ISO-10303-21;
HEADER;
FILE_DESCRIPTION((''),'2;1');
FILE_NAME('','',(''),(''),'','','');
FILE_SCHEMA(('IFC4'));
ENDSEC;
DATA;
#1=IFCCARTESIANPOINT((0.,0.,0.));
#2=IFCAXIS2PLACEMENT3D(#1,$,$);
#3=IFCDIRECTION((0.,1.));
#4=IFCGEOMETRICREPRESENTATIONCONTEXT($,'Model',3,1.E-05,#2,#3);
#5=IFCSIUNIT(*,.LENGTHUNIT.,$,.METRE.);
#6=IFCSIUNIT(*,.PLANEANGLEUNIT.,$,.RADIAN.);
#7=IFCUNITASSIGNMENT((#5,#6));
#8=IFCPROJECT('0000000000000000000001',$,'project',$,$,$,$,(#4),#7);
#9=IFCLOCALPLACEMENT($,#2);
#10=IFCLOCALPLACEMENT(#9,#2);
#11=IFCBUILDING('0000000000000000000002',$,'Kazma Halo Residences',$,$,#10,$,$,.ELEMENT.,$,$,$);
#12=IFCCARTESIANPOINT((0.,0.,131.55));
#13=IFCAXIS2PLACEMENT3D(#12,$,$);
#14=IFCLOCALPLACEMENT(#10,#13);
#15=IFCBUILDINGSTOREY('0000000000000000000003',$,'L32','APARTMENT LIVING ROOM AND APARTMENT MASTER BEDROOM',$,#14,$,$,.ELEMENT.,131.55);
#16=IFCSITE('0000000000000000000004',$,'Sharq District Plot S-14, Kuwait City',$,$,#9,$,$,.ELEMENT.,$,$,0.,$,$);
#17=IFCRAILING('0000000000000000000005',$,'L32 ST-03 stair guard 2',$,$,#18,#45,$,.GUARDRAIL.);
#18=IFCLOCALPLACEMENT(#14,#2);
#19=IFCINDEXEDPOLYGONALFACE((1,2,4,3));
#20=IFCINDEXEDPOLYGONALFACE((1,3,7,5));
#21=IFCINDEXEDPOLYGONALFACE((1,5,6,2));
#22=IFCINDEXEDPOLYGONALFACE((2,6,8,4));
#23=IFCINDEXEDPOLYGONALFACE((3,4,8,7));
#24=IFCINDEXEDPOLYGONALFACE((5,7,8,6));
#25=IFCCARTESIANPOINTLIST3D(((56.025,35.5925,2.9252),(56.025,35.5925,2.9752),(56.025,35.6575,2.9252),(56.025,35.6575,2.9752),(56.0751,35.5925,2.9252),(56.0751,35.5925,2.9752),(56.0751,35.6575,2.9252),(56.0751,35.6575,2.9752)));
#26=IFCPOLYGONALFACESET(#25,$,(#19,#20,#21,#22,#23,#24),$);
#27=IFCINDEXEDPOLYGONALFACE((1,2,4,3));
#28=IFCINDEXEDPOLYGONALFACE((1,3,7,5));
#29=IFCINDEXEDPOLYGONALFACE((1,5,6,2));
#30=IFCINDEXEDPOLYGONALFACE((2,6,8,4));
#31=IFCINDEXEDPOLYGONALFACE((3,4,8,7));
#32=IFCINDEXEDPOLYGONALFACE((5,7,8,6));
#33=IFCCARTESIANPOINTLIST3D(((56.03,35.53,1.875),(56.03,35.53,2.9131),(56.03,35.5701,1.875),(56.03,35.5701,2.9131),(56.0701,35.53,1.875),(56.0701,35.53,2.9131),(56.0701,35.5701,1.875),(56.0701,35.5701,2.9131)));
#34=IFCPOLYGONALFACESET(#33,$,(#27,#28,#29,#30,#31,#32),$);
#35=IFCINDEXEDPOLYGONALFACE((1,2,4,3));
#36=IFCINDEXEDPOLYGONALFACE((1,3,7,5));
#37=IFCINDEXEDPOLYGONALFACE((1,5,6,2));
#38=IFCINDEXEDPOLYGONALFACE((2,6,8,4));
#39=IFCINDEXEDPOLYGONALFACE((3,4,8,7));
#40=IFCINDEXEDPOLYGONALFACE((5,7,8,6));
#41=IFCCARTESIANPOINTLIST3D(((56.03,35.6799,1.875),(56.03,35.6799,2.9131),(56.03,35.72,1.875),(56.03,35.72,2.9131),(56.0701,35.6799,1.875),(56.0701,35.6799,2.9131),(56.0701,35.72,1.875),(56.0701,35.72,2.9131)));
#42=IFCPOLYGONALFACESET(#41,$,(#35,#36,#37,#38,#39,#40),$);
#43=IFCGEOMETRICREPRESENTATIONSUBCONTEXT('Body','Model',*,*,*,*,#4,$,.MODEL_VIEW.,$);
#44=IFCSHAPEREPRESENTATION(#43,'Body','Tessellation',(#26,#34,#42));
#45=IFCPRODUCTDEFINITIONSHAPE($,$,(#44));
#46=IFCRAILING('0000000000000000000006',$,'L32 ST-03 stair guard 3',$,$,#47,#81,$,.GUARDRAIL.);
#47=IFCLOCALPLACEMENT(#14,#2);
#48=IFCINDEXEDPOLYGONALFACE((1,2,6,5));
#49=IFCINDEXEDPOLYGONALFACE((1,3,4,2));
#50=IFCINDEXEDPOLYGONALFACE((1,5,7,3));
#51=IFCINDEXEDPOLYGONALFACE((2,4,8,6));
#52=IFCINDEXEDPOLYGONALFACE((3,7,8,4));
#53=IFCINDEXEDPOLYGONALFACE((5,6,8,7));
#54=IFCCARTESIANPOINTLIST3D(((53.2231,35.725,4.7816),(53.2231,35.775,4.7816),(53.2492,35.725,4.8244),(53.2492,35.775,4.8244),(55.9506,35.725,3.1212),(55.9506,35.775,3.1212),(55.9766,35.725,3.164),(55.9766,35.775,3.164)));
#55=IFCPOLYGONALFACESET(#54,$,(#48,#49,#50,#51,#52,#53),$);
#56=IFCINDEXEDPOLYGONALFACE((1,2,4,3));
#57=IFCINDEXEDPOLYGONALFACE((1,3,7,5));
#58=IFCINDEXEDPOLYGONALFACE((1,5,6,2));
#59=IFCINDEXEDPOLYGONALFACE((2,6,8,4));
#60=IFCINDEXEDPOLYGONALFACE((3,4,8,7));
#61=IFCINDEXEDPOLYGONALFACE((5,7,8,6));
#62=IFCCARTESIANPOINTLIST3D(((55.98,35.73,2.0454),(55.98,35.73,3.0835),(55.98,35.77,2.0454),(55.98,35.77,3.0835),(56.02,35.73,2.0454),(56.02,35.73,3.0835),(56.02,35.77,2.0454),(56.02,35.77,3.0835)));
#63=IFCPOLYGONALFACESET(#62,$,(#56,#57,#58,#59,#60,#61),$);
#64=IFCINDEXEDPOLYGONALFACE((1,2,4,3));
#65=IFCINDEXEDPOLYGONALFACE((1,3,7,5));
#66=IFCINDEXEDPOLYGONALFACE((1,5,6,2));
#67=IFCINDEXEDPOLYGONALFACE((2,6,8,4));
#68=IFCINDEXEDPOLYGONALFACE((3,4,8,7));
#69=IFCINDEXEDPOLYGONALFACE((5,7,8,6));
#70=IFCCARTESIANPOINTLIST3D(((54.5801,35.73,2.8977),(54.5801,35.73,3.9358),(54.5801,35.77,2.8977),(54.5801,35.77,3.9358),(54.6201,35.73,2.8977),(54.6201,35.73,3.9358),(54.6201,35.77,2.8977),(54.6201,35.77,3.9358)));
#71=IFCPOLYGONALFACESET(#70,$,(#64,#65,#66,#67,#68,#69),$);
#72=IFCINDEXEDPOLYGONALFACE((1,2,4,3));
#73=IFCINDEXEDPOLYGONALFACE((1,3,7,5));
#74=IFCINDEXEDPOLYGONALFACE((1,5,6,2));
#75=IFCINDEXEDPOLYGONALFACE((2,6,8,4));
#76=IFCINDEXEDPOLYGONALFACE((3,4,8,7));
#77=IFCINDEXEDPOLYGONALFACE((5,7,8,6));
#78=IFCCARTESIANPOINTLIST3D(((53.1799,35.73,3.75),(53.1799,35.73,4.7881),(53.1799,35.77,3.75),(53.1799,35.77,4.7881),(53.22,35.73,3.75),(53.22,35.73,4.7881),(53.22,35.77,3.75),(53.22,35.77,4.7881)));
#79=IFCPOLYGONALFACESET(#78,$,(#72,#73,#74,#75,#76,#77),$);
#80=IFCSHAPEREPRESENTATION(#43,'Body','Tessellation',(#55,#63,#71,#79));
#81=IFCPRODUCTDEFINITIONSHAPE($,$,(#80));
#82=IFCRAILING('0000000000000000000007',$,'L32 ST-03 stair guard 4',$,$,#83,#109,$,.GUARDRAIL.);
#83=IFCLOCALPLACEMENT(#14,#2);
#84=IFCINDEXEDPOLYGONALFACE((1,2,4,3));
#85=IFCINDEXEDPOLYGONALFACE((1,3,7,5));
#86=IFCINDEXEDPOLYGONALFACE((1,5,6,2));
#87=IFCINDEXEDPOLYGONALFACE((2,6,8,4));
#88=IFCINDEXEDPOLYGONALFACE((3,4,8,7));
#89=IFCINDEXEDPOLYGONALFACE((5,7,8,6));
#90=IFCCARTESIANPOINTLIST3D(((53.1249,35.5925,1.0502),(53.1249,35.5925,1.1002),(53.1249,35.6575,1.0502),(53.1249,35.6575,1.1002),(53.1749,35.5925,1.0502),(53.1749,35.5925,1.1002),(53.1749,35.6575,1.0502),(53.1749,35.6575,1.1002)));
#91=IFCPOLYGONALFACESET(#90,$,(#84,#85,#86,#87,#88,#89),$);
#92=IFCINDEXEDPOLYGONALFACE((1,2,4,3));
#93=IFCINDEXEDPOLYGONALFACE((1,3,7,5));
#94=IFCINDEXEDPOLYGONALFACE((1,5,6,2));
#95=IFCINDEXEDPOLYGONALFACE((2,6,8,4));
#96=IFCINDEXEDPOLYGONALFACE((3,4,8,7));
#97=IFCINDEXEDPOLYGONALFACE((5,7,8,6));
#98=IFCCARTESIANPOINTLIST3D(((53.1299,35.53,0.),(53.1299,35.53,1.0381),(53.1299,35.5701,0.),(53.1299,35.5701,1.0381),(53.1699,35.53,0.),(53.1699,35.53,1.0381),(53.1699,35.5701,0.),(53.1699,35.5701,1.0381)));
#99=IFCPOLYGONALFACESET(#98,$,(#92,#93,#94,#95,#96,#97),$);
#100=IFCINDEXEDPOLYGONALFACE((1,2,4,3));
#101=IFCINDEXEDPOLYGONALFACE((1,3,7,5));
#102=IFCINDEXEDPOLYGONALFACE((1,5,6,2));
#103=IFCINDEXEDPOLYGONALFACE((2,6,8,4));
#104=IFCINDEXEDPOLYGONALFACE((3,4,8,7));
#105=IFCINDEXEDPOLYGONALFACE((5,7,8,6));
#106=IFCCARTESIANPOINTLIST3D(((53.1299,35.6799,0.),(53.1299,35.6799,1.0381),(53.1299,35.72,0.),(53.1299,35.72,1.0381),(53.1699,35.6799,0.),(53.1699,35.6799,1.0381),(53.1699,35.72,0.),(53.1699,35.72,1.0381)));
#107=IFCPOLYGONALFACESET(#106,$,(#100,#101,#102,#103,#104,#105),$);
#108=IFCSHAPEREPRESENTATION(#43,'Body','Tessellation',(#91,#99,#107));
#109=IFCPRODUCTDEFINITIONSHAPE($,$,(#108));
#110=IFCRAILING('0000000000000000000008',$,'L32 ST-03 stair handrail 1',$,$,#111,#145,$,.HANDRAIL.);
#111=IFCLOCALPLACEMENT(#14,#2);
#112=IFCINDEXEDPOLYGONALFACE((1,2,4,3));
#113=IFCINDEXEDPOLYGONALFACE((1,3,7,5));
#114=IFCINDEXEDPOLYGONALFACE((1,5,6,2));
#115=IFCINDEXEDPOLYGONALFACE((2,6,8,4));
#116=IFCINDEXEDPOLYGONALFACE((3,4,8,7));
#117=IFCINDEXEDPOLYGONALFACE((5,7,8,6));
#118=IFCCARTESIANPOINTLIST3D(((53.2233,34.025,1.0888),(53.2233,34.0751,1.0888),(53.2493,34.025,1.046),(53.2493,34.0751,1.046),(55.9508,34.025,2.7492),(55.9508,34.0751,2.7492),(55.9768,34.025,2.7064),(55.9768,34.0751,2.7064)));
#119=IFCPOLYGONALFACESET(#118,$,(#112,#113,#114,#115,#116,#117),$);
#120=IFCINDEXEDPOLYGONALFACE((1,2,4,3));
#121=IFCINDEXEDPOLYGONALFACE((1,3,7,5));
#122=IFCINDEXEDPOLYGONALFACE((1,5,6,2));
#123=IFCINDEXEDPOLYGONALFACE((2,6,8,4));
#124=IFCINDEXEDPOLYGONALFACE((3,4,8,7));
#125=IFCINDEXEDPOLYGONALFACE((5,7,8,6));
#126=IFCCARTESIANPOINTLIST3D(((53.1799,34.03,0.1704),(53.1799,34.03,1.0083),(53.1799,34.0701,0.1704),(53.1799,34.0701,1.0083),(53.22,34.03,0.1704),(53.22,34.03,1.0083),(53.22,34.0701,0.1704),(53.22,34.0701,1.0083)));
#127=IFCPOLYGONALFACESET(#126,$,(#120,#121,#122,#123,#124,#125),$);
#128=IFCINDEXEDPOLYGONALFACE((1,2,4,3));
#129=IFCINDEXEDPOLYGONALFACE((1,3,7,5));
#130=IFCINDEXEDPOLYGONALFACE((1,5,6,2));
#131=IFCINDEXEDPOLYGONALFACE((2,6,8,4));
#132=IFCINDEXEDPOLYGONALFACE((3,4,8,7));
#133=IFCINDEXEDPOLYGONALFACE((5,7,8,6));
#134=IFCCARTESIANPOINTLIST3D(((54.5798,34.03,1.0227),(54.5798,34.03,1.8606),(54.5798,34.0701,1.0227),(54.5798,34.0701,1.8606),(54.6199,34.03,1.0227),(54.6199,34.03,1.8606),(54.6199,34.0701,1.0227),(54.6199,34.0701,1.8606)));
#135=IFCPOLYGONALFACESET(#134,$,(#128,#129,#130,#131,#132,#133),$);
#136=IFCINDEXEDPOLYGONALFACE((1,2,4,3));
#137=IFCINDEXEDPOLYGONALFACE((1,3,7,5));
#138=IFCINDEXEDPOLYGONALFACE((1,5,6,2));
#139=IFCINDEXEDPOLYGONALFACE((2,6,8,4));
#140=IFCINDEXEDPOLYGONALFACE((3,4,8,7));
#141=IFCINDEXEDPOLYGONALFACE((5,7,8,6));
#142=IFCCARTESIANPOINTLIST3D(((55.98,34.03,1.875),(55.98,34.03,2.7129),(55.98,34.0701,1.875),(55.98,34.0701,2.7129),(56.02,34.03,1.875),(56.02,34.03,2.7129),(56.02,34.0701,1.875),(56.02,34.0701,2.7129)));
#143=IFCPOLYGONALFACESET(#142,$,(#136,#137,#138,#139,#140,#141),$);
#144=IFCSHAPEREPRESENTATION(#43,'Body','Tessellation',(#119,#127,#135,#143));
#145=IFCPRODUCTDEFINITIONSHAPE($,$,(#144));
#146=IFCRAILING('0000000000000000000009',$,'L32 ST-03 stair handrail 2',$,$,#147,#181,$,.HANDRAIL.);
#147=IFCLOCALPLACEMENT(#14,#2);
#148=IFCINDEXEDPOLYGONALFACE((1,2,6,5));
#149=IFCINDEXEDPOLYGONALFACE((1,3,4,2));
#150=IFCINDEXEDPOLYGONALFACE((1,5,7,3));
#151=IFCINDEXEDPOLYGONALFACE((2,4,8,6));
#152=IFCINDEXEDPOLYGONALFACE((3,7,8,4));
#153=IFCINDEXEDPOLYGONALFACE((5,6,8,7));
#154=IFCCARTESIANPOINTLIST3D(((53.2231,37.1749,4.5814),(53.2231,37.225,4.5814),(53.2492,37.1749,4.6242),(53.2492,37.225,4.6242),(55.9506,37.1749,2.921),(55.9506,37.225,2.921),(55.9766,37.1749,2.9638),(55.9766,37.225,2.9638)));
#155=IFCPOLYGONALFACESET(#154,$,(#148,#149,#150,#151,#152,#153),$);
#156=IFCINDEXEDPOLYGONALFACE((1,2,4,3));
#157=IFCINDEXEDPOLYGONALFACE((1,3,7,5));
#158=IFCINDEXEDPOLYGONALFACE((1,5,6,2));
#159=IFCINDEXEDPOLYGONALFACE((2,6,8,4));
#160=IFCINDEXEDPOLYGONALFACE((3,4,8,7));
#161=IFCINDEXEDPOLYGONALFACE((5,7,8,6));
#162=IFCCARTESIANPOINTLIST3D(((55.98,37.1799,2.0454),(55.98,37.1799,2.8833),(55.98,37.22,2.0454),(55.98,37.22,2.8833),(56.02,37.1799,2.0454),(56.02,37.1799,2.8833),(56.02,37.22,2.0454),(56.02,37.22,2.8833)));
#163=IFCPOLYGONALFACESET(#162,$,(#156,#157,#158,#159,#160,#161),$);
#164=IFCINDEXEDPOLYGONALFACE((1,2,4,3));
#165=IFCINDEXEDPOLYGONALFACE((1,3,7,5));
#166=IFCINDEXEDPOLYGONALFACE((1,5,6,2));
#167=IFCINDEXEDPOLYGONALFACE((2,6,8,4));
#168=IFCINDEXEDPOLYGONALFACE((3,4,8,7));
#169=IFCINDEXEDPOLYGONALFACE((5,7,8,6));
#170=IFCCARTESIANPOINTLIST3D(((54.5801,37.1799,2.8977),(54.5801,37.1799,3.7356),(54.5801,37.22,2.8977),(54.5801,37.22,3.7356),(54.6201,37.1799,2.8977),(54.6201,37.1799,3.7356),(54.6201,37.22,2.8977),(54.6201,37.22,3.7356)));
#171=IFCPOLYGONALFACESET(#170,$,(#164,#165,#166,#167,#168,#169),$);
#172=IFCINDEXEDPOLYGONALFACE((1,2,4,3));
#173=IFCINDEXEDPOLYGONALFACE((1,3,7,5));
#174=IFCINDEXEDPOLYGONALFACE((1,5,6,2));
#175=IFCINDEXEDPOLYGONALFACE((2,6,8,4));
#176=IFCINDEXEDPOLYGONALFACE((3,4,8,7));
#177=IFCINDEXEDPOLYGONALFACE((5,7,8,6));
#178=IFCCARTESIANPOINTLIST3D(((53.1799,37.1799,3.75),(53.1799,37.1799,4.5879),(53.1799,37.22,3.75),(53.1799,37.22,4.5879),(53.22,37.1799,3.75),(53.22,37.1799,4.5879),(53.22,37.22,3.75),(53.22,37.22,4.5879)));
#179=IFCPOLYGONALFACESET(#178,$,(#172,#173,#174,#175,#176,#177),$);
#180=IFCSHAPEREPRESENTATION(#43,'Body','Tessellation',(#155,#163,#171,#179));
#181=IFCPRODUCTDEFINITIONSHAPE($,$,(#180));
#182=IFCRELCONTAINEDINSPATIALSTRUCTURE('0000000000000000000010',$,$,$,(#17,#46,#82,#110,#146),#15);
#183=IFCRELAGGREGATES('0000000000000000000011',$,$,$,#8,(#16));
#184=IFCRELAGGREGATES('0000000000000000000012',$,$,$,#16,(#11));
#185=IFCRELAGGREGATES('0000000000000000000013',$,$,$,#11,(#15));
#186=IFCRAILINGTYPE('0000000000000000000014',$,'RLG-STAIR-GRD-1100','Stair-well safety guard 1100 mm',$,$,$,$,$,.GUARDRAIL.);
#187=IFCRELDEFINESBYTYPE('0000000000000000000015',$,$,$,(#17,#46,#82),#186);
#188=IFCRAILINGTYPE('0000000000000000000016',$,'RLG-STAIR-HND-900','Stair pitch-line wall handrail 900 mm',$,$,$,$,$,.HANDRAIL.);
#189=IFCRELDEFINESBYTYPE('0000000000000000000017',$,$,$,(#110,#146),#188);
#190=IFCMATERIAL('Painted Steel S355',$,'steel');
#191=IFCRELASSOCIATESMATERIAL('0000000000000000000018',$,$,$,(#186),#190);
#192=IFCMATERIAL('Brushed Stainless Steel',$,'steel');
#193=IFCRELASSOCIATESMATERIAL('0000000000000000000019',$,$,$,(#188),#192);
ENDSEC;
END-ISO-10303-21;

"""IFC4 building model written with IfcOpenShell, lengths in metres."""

from ifc_helpers import new_model, si_unit, direction, frame, origin, origin_2d, place, context, subcontext, project, spatial, rectangle, extrude, material, type_object, element, save


model = new_model("IFC4")

# Units and contexts
model_context = context("Model", 3, precision=1e-05, world=origin(), true_north=direction((0.0, 1.0)))
body_context = subcontext(model_context, "Body", "Model", "MODEL_VIEW")
ifc_project = project(units=[si_unit("LENGTHUNIT", "METRE"), si_unit("PLANEANGLEUNIT", "RADIAN")], contexts=[model_context])

# Site, building, storey
site_placement = place(None, origin())
site = spatial("IfcSite", under=ifc_project, at=site_placement, Name="Sharq District Plot S-14, Kuwait City", CompositionType="ELEMENT", RefElevation=0.0)
building_placement = place(site_placement, origin())
building = spatial("IfcBuilding", under=site, at=building_placement, Name="Kazma Halo Residences", CompositionType="ELEMENT")
storey_placement = place(building_placement, frame((0.0, 0.0, 131.55)))
storey = spatial("IfcBuildingStorey", under=building, at=storey_placement, Name="L32", Description="APARTMENT LIVING ROOM AND APARTMENT MASTER BEDROOM", CompositionType="ELEMENT", Elevation=131.55)

# Railings
ifc_material_1 = material(Name="Painted Steel S355", Category="steel")
railing_type_1 = type_object("IfcRailingType", Name="RLG-STAIR-GRD-1100", Description="Stair-well safety guard 1100 mm", PredefinedType="GUARDRAIL", material=ifc_material_1)
railing_1_placement = place(storey_placement, frame((56.05, 35.55, 1.875)))
element("IfcRailing", 1, at=railing_1_placement, inside=storey, type_object=railing_type_1, Name="L32 ST-03 stair guard 2", PredefinedType="GUARDRAIL", context=body_context, shape_type="SweptSolid", body=[
    extrude(rectangle(XDim=0.05, YDim=0.05, at=origin_2d()), frame((0.0, 0.0425, 1.0752), z_axis=(0.0, 1.0, 0.0), x_axis=(-1.0, 0.0, 0.0)), (0.0, 0.0, 1.0), 0.0649),
    extrude(rectangle(XDim=0.04, YDim=0.04, at=origin_2d()), origin(), (0.0, 0.0, 1.0), 1.0381),
    extrude(rectangle(XDim=0.04, YDim=0.04, at=origin_2d()), frame((0.0, 0.1499, 0.0)), (0.0, 0.0, 1.0), 1.0381),
])
railing_2_placement = place(storey_placement, frame((56.0, 35.75, 2.0454)))
element("IfcRailing", 2, at=railing_2_placement, inside=storey, type_object=railing_type_1, Name="L32 ST-03 stair guard 3", PredefinedType="GUARDRAIL", context=body_context, shape_type="SweptSolid", body=[
    extrude(rectangle(XDim=0.05, YDim=0.05, at=origin_2d()), frame((-0.0364, 0.0, 1.0972), z_axis=(-0.85417, 0.0, 0.519994), x_axis=(0.0, -1.0, 0.0)), (0.0, 0.0, 1.0), 3.1931),
    extrude(rectangle(XDim=0.04, YDim=0.04, at=origin_2d()), origin(), (0.0, 0.0, 1.0), 1.0381),
    extrude(rectangle(XDim=0.04, YDim=0.04, at=origin_2d()), frame((-1.3999, 0.0, 0.8523)), (0.0, 0.0, 1.0), 1.0381),
    extrude(rectangle(XDim=0.04, YDim=0.04, at=origin_2d()), frame((-2.8, 0.0, 1.7046)), (0.0, 0.0, 1.0), 1.0381),
])
railing_3_placement = place(storey_placement, frame((53.1499, 35.55, 0.0)))
element("IfcRailing", 3, at=railing_3_placement, inside=storey, type_object=railing_type_1, Name="L32 ST-03 stair guard 4", PredefinedType="GUARDRAIL", context=body_context, shape_type="SweptSolid", body=[
    extrude(rectangle(XDim=0.05, YDim=0.05, at=origin_2d()), frame((0.0, 0.0425, 1.0752), z_axis=(0.0, 1.0, 0.0), x_axis=(-1.0, 0.0, 0.0)), (0.0, 0.0, 1.0), 0.0649),
    extrude(rectangle(XDim=0.04, YDim=0.04, at=origin_2d()), origin(), (0.0, 0.0, 1.0), 1.0381),
    extrude(rectangle(XDim=0.04, YDim=0.04, at=origin_2d()), frame((0.0, 0.1499, 0.0)), (0.0, 0.0, 1.0), 1.0381),
])
ifc_material_2 = material(Name="Brushed Stainless Steel", Category="steel")
railing_type_2 = type_object("IfcRailingType", Name="RLG-STAIR-HND-900", Description="Stair pitch-line wall handrail 900 mm", PredefinedType="HANDRAIL", material=ifc_material_2)
railing_4_placement = place(storey_placement, frame((53.2, 34.05, 0.1704)))
element("IfcRailing", 4, at=railing_4_placement, inside=storey, type_object=railing_type_2, Name="L32 ST-03 stair handrail 1", PredefinedType="HANDRAIL", context=body_context, shape_type="SweptSolid", body=[
    extrude(rectangle(XDim=0.05, YDim=0.05, at=origin_2d()), frame((0.0364, 0.0, 0.897), z_axis=(0.85417, 0.0, 0.519994), x_axis=(0.0, 1.0, 0.0)), (0.0, 0.0, 1.0), 3.1931),
    extrude(rectangle(XDim=0.04, YDim=0.04, at=origin_2d()), origin(), (0.0, 0.0, 1.0), 0.8379),
    extrude(rectangle(XDim=0.04, YDim=0.04, at=origin_2d()), frame((1.3999, 0.0, 0.8523)), (0.0, 0.0, 1.0), 0.8379),
    extrude(rectangle(XDim=0.04, YDim=0.04, at=origin_2d()), frame((2.8, 0.0, 1.7046)), (0.0, 0.0, 1.0), 0.8379),
])
railing_5_placement = place(storey_placement, frame((56.0, 37.2, 2.0454)))
element("IfcRailing", 5, at=railing_5_placement, inside=storey, type_object=railing_type_2, Name="L32 ST-03 stair handrail 2", PredefinedType="HANDRAIL", context=body_context, shape_type="SweptSolid", body=[
    extrude(rectangle(XDim=0.05, YDim=0.05, at=origin_2d()), frame((-0.0364, 0.0, 0.897), z_axis=(-0.85417, 0.0, 0.519994), x_axis=(0.0, -1.0, 0.0)), (0.0, 0.0, 1.0), 3.1931),
    extrude(rectangle(XDim=0.04, YDim=0.04, at=origin_2d()), origin(), (0.0, 0.0, 1.0), 0.8379),
    extrude(rectangle(XDim=0.04, YDim=0.04, at=origin_2d()), frame((-1.3999, 0.0, 0.8523)), (0.0, 0.0, 1.0), 0.8379),
    extrude(rectangle(XDim=0.04, YDim=0.04, at=origin_2d()), frame((-2.8, 0.0, 1.7046)), (0.0, 0.0, 1.0), 0.8379),
])

save(model, "model.ifc")
